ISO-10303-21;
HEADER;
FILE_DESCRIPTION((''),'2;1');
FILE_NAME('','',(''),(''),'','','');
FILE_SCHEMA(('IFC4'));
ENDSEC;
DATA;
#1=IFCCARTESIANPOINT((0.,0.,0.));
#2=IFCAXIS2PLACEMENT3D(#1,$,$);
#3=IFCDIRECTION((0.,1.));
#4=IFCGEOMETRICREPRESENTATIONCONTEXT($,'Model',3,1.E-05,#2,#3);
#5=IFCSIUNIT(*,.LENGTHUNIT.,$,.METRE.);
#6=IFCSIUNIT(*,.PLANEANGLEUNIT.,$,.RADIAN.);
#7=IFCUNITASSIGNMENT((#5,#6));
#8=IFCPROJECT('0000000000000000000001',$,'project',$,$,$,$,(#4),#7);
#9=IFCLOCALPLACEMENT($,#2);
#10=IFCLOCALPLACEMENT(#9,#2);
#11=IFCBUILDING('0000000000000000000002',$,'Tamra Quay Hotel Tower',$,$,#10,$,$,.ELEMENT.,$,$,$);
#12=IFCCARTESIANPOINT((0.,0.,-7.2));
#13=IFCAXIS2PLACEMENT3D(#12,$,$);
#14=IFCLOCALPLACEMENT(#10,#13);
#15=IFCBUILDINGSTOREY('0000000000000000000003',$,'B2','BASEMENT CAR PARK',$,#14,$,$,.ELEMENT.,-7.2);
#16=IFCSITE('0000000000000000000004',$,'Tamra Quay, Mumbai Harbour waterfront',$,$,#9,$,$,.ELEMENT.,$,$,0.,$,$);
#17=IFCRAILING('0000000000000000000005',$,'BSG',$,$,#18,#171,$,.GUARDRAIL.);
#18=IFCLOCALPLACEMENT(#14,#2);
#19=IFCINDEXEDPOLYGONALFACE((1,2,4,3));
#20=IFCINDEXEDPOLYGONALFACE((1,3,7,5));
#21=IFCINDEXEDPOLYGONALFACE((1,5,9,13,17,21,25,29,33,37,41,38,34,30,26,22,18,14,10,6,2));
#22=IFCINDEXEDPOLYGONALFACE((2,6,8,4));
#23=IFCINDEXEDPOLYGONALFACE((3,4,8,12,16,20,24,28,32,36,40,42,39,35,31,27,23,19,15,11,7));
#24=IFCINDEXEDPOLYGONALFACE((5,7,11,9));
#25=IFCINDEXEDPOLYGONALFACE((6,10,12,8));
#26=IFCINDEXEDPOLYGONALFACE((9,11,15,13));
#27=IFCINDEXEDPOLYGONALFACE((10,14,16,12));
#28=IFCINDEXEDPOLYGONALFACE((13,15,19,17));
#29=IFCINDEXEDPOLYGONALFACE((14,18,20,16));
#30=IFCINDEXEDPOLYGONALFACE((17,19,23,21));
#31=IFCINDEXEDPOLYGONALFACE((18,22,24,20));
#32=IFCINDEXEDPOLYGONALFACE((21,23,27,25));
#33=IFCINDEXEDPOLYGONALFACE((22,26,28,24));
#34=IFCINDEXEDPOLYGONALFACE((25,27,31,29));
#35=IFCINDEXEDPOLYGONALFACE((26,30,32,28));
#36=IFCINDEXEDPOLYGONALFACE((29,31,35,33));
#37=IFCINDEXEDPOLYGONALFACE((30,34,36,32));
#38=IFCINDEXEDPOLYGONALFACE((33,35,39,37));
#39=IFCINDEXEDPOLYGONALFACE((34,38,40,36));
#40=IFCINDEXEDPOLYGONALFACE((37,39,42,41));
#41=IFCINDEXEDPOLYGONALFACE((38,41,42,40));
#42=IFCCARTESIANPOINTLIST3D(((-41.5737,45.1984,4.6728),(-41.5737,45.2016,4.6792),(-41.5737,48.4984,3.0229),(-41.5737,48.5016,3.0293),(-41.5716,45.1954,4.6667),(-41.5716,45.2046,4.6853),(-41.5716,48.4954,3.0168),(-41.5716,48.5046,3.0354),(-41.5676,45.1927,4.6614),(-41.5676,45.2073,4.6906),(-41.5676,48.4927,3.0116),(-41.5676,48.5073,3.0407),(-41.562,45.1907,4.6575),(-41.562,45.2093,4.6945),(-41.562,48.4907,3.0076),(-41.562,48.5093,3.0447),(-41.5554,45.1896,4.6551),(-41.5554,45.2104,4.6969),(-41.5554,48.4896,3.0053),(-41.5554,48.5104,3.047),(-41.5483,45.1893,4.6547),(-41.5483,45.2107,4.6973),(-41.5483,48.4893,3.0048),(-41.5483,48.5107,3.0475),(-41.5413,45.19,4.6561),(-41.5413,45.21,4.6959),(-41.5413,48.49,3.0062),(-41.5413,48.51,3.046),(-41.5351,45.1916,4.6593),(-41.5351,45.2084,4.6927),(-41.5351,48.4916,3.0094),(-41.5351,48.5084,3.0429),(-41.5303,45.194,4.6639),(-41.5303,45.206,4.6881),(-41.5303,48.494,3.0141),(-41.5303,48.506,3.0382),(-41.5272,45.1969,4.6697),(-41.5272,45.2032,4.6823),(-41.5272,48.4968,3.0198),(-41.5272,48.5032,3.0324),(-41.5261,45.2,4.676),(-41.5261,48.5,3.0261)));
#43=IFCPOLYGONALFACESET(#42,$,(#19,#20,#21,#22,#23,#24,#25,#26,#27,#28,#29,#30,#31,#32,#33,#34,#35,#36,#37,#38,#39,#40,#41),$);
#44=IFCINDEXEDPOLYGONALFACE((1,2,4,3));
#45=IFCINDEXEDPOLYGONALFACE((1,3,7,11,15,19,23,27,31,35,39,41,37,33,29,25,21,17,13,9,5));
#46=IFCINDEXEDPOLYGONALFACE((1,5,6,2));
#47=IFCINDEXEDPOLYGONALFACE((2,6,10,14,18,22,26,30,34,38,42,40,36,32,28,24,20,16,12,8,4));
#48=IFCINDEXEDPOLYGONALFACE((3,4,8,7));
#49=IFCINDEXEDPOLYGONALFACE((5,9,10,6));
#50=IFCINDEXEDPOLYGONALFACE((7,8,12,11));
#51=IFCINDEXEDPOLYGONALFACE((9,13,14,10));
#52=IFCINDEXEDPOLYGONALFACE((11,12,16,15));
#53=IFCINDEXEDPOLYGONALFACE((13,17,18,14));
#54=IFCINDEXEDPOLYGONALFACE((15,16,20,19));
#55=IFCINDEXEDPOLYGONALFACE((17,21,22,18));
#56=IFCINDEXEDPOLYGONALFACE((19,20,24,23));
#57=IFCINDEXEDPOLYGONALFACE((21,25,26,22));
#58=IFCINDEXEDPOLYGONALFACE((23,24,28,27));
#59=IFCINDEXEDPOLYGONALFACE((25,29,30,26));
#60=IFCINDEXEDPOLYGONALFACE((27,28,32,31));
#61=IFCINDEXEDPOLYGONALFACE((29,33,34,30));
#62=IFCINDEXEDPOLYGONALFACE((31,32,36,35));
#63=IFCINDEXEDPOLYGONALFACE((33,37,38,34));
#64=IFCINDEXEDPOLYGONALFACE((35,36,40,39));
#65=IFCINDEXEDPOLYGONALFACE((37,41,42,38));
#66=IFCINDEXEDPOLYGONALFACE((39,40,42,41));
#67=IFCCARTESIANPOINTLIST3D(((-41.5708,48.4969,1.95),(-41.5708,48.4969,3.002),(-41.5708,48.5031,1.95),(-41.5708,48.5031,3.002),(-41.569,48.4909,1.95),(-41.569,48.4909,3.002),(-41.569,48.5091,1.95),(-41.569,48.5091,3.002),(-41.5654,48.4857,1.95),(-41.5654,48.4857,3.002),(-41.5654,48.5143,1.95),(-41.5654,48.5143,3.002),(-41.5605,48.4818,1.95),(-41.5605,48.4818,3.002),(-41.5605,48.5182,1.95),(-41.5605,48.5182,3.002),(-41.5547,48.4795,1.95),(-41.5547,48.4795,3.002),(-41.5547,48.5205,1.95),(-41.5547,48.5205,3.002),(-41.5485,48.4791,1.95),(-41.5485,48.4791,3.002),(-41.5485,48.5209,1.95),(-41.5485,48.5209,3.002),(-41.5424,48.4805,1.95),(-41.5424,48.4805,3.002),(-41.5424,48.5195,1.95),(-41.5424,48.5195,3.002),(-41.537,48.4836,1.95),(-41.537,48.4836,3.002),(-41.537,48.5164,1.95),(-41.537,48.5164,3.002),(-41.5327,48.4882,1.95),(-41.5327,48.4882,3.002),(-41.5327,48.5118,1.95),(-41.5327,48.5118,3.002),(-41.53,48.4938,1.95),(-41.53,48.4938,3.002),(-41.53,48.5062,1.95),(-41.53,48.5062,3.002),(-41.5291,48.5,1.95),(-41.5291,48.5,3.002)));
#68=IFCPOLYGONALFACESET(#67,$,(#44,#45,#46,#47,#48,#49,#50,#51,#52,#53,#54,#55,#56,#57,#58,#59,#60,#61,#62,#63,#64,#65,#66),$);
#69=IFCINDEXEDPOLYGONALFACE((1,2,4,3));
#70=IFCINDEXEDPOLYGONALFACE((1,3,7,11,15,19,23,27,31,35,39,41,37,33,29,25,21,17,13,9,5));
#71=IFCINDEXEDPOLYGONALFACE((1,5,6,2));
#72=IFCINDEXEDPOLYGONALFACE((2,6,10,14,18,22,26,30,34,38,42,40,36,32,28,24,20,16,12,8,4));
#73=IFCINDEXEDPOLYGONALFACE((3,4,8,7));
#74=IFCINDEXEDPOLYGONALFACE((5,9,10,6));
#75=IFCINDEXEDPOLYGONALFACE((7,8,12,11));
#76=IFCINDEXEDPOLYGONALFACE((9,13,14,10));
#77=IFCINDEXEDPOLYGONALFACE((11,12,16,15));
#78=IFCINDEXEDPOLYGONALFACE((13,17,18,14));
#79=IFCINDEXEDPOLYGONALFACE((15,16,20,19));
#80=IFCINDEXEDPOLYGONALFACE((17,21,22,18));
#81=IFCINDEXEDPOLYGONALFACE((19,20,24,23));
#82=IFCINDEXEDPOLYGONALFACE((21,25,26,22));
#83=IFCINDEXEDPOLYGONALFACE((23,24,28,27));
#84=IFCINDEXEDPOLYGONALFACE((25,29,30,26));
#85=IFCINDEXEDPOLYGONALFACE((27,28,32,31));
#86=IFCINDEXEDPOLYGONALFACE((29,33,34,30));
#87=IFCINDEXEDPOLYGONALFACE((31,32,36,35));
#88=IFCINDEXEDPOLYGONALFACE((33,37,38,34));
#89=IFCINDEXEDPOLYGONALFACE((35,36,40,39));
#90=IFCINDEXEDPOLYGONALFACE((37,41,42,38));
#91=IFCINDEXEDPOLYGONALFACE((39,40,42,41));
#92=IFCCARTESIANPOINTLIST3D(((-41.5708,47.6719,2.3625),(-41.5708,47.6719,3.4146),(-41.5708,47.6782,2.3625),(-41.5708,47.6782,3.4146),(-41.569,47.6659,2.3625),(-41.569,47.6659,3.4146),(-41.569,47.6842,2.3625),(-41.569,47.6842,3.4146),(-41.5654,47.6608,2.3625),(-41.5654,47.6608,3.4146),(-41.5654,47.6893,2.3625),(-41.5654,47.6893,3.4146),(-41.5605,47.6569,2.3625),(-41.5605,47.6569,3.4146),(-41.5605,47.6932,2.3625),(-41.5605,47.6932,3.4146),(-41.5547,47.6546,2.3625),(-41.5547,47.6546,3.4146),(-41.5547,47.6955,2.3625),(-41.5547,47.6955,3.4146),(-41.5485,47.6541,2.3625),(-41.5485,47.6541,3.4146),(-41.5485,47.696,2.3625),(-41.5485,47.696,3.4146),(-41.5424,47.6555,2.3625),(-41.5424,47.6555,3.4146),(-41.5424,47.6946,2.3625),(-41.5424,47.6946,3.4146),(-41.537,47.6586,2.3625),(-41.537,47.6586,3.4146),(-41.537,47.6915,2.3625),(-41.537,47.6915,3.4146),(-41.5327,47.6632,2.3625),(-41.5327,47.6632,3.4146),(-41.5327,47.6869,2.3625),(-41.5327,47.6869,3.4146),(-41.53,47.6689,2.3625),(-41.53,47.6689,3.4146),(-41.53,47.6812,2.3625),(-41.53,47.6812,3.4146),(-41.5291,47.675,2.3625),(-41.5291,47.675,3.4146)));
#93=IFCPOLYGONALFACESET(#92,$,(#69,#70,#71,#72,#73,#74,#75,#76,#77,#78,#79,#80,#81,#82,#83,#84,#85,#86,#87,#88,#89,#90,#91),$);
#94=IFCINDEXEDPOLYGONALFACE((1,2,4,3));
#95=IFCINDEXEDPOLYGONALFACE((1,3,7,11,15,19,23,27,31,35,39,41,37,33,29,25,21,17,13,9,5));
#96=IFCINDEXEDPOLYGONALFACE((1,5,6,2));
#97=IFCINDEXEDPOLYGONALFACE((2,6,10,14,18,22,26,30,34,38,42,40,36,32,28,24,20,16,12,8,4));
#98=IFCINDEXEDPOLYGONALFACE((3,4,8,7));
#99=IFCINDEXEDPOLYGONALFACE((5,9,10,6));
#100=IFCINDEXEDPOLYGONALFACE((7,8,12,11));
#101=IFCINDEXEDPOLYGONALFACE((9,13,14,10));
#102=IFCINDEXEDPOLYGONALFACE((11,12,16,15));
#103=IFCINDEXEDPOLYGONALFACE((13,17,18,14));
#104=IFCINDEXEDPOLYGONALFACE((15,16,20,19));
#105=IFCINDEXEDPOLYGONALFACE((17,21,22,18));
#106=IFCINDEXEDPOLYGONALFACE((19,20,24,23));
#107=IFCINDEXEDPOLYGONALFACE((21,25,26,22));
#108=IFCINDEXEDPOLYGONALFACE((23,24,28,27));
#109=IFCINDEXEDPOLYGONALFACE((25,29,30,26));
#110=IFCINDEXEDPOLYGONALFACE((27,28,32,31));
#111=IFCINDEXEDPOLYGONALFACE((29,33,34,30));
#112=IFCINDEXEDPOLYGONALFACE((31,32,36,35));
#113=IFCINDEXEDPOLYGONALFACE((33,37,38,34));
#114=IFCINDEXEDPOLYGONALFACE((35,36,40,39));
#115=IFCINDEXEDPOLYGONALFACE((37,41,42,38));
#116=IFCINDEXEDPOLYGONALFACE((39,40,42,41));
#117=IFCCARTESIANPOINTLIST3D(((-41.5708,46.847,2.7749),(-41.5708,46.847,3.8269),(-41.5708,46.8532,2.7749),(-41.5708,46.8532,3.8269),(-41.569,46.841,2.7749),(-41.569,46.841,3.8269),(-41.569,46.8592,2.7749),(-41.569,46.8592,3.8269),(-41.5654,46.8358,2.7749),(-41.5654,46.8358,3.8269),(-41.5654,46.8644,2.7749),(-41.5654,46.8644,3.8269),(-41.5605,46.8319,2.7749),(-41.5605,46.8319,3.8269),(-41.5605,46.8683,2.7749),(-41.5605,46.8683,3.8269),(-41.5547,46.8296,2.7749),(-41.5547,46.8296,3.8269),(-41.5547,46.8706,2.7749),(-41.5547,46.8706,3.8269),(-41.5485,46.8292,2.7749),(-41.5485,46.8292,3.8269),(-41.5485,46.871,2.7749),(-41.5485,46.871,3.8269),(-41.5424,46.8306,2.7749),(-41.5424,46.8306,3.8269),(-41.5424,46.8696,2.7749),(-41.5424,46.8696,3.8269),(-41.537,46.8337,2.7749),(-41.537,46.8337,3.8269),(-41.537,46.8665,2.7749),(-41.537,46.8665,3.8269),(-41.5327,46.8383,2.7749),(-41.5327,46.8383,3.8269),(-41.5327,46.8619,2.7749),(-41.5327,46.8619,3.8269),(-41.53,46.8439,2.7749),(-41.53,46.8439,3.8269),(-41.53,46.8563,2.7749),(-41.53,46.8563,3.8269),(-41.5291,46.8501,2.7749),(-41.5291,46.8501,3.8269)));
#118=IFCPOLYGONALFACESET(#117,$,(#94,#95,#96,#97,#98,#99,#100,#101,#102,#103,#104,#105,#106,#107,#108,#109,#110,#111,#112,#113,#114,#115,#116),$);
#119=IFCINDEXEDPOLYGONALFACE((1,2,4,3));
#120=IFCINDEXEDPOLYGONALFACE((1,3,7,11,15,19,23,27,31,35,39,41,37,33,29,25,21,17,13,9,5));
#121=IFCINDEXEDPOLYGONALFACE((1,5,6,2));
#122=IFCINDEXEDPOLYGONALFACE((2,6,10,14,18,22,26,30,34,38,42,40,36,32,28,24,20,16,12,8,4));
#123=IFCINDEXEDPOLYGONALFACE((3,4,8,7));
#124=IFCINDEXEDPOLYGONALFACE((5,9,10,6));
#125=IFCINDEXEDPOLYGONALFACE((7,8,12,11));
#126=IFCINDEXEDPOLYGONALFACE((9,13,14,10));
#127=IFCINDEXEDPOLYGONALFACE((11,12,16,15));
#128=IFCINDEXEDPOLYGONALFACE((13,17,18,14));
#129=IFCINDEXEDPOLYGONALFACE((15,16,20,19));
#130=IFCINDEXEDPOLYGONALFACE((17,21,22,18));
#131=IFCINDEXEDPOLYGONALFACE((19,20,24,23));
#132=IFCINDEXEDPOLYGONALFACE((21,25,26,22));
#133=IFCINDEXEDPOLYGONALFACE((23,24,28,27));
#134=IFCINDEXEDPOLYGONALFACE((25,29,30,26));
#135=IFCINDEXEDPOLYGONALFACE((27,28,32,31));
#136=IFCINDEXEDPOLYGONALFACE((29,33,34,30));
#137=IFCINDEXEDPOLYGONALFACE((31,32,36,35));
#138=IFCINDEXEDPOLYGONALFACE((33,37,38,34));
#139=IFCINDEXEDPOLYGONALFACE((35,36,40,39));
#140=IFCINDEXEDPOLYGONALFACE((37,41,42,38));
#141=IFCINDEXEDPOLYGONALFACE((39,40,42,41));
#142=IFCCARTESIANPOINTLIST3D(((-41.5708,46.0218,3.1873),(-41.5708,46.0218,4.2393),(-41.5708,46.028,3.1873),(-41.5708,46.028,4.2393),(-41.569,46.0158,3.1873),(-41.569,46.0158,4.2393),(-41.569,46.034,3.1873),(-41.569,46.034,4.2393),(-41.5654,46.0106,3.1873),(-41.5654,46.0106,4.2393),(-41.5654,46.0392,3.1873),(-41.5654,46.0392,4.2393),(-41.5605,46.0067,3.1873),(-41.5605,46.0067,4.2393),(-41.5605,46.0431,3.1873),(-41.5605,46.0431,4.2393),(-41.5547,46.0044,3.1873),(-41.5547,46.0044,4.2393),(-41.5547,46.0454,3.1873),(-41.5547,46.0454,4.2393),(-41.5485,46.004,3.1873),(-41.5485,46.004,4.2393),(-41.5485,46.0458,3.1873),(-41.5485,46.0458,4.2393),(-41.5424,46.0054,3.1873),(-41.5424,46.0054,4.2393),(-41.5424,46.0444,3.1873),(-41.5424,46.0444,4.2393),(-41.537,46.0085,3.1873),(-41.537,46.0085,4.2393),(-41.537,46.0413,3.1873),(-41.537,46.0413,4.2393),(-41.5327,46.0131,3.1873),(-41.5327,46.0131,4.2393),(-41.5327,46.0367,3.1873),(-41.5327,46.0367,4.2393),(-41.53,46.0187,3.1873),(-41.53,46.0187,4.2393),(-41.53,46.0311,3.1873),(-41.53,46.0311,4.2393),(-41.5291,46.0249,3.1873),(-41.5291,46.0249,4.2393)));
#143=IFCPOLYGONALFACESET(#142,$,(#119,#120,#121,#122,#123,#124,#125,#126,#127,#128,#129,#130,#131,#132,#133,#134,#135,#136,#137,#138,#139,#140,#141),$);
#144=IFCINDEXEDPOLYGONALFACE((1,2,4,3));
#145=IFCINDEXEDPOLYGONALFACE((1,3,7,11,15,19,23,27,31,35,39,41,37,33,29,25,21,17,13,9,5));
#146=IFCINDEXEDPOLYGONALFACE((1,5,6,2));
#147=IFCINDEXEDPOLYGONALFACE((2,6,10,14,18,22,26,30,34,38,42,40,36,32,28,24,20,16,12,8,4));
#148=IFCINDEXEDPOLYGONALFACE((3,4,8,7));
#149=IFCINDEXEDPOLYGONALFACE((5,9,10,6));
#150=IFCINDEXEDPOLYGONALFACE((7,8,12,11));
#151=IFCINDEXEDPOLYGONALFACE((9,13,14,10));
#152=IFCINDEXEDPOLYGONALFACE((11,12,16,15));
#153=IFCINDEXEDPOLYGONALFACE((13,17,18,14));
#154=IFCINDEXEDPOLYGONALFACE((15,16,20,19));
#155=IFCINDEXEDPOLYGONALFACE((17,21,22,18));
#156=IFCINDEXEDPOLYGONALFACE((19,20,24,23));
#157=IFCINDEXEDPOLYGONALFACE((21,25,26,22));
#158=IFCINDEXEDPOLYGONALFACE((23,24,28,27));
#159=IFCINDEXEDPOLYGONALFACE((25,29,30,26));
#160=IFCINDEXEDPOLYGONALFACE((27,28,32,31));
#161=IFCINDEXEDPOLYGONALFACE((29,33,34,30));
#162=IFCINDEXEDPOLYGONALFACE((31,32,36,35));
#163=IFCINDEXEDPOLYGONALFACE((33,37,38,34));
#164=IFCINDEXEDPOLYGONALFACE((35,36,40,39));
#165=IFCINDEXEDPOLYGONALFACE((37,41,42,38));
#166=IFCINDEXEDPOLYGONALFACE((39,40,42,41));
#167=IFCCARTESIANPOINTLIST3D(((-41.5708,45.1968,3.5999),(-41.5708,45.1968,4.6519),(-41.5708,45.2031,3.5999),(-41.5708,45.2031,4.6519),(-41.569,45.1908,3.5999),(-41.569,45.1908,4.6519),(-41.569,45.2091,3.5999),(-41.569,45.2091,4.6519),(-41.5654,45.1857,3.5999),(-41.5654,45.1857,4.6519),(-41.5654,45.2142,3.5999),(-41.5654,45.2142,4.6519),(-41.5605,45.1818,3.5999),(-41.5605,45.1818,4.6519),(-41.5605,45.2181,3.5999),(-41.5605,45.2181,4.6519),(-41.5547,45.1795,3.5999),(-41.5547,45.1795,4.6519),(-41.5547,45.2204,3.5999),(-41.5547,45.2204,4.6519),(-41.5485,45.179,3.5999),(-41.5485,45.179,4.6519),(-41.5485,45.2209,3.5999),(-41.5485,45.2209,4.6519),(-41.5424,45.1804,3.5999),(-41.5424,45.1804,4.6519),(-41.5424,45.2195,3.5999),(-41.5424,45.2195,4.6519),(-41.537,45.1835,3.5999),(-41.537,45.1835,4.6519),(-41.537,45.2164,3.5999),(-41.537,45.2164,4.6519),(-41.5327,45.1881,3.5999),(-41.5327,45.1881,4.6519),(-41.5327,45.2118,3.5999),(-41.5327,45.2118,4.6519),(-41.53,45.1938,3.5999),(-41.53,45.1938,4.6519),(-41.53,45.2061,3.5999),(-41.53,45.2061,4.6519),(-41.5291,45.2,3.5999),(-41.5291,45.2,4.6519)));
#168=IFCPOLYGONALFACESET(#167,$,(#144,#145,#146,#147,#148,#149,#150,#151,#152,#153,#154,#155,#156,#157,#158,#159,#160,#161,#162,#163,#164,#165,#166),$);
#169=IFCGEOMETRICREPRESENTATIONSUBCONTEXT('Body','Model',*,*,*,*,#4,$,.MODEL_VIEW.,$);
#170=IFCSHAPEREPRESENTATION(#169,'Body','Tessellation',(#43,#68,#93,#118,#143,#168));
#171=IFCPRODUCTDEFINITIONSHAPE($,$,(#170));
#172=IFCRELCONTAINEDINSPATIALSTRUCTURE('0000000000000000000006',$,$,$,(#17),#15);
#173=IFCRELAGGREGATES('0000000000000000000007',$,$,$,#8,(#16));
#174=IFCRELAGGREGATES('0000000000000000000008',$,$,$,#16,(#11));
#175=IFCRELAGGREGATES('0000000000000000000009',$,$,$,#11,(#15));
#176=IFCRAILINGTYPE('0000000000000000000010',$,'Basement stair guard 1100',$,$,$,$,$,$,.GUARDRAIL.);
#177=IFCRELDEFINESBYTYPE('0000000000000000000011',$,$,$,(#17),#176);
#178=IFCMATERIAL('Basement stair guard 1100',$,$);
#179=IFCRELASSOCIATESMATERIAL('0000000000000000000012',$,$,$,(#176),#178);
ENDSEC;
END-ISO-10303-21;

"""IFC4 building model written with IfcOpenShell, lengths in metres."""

from ifc_helpers import new_model, si_unit, direction, frame, origin, origin_2d, place, context, subcontext, project, spatial, circle, extrude, material, type_object, element, save


model = new_model("IFC4")

# Units and contexts
model_context = context("Model", 3, precision=1e-05, world=origin(), true_north=direction((0.0, 1.0)))
body_context = subcontext(model_context, "Body", "Model", "MODEL_VIEW")
ifc_project = project(units=[si_unit("LENGTHUNIT", "METRE"), si_unit("PLANEANGLEUNIT", "RADIAN")], contexts=[model_context])

# Site, building, storey
site_placement = place(None, origin())
site = spatial("IfcSite", under=ifc_project, at=site_placement, Name="Tamra Quay, Mumbai Harbour waterfront", CompositionType="ELEMENT", RefElevation=0.0)
building_placement = place(site_placement, origin())
building = spatial("IfcBuilding", under=site, at=building_placement, Name="Tamra Quay Hotel Tower", CompositionType="ELEMENT")
storey_placement = place(building_placement, frame((0.0, 0.0, -7.2)))
storey = spatial("IfcBuildingStorey", under=building, at=storey_placement, Name="B2", Description="BASEMENT CAR PARK", CompositionType="ELEMENT", Elevation=-7.2)

# Railing
ifc_material_1 = material(Name="Basement stair guard 1100")
railing_type_1 = type_object("IfcRailingType", Name="Basement stair guard 1100", PredefinedType="GUARDRAIL", material=ifc_material_1)
railing_1_placement = place(storey_placement, frame((-41.55, 48.5, 1.95)))
element("IfcRailing", 1, at=railing_1_placement, inside=storey, type_object=railing_type_1, Name="BSG", PredefinedType="GUARDRAIL", context=body_context, shape_type="SweptSolid", body=[
    extrude(circle(Radius=0.0239, at=origin_2d()), frame((0.0, 0.0, 1.0762), z_axis=(0.0, -0.89444, 0.447187), x_axis=(1.0, 0.0, 0.0)), (0.0, 0.0, 1.0), 3.6895),
    extrude(circle(Radius=0.021, at=origin_2d()), origin(), (0.0, 0.0, 1.0), 1.052),
    extrude(circle(Radius=0.021, at=origin_2d()), frame((0.0, -0.825, 0.4126)), (0.0, 0.0, 1.0), 1.052),
    extrude(circle(Radius=0.021, at=origin_2d()), frame((0.0, -1.6499, 0.825)), (0.0, 0.0, 1.0), 1.052),
    extrude(circle(Radius=0.021, at=origin_2d()), frame((0.0, -2.4751, 1.2373)), (0.0, 0.0, 1.0), 1.052),
    extrude(circle(Radius=0.021, at=origin_2d()), frame((0.0, -3.3, 1.6499)), (0.0, 0.0, 1.0), 1.052),
])

save(model, "model.ifc")
